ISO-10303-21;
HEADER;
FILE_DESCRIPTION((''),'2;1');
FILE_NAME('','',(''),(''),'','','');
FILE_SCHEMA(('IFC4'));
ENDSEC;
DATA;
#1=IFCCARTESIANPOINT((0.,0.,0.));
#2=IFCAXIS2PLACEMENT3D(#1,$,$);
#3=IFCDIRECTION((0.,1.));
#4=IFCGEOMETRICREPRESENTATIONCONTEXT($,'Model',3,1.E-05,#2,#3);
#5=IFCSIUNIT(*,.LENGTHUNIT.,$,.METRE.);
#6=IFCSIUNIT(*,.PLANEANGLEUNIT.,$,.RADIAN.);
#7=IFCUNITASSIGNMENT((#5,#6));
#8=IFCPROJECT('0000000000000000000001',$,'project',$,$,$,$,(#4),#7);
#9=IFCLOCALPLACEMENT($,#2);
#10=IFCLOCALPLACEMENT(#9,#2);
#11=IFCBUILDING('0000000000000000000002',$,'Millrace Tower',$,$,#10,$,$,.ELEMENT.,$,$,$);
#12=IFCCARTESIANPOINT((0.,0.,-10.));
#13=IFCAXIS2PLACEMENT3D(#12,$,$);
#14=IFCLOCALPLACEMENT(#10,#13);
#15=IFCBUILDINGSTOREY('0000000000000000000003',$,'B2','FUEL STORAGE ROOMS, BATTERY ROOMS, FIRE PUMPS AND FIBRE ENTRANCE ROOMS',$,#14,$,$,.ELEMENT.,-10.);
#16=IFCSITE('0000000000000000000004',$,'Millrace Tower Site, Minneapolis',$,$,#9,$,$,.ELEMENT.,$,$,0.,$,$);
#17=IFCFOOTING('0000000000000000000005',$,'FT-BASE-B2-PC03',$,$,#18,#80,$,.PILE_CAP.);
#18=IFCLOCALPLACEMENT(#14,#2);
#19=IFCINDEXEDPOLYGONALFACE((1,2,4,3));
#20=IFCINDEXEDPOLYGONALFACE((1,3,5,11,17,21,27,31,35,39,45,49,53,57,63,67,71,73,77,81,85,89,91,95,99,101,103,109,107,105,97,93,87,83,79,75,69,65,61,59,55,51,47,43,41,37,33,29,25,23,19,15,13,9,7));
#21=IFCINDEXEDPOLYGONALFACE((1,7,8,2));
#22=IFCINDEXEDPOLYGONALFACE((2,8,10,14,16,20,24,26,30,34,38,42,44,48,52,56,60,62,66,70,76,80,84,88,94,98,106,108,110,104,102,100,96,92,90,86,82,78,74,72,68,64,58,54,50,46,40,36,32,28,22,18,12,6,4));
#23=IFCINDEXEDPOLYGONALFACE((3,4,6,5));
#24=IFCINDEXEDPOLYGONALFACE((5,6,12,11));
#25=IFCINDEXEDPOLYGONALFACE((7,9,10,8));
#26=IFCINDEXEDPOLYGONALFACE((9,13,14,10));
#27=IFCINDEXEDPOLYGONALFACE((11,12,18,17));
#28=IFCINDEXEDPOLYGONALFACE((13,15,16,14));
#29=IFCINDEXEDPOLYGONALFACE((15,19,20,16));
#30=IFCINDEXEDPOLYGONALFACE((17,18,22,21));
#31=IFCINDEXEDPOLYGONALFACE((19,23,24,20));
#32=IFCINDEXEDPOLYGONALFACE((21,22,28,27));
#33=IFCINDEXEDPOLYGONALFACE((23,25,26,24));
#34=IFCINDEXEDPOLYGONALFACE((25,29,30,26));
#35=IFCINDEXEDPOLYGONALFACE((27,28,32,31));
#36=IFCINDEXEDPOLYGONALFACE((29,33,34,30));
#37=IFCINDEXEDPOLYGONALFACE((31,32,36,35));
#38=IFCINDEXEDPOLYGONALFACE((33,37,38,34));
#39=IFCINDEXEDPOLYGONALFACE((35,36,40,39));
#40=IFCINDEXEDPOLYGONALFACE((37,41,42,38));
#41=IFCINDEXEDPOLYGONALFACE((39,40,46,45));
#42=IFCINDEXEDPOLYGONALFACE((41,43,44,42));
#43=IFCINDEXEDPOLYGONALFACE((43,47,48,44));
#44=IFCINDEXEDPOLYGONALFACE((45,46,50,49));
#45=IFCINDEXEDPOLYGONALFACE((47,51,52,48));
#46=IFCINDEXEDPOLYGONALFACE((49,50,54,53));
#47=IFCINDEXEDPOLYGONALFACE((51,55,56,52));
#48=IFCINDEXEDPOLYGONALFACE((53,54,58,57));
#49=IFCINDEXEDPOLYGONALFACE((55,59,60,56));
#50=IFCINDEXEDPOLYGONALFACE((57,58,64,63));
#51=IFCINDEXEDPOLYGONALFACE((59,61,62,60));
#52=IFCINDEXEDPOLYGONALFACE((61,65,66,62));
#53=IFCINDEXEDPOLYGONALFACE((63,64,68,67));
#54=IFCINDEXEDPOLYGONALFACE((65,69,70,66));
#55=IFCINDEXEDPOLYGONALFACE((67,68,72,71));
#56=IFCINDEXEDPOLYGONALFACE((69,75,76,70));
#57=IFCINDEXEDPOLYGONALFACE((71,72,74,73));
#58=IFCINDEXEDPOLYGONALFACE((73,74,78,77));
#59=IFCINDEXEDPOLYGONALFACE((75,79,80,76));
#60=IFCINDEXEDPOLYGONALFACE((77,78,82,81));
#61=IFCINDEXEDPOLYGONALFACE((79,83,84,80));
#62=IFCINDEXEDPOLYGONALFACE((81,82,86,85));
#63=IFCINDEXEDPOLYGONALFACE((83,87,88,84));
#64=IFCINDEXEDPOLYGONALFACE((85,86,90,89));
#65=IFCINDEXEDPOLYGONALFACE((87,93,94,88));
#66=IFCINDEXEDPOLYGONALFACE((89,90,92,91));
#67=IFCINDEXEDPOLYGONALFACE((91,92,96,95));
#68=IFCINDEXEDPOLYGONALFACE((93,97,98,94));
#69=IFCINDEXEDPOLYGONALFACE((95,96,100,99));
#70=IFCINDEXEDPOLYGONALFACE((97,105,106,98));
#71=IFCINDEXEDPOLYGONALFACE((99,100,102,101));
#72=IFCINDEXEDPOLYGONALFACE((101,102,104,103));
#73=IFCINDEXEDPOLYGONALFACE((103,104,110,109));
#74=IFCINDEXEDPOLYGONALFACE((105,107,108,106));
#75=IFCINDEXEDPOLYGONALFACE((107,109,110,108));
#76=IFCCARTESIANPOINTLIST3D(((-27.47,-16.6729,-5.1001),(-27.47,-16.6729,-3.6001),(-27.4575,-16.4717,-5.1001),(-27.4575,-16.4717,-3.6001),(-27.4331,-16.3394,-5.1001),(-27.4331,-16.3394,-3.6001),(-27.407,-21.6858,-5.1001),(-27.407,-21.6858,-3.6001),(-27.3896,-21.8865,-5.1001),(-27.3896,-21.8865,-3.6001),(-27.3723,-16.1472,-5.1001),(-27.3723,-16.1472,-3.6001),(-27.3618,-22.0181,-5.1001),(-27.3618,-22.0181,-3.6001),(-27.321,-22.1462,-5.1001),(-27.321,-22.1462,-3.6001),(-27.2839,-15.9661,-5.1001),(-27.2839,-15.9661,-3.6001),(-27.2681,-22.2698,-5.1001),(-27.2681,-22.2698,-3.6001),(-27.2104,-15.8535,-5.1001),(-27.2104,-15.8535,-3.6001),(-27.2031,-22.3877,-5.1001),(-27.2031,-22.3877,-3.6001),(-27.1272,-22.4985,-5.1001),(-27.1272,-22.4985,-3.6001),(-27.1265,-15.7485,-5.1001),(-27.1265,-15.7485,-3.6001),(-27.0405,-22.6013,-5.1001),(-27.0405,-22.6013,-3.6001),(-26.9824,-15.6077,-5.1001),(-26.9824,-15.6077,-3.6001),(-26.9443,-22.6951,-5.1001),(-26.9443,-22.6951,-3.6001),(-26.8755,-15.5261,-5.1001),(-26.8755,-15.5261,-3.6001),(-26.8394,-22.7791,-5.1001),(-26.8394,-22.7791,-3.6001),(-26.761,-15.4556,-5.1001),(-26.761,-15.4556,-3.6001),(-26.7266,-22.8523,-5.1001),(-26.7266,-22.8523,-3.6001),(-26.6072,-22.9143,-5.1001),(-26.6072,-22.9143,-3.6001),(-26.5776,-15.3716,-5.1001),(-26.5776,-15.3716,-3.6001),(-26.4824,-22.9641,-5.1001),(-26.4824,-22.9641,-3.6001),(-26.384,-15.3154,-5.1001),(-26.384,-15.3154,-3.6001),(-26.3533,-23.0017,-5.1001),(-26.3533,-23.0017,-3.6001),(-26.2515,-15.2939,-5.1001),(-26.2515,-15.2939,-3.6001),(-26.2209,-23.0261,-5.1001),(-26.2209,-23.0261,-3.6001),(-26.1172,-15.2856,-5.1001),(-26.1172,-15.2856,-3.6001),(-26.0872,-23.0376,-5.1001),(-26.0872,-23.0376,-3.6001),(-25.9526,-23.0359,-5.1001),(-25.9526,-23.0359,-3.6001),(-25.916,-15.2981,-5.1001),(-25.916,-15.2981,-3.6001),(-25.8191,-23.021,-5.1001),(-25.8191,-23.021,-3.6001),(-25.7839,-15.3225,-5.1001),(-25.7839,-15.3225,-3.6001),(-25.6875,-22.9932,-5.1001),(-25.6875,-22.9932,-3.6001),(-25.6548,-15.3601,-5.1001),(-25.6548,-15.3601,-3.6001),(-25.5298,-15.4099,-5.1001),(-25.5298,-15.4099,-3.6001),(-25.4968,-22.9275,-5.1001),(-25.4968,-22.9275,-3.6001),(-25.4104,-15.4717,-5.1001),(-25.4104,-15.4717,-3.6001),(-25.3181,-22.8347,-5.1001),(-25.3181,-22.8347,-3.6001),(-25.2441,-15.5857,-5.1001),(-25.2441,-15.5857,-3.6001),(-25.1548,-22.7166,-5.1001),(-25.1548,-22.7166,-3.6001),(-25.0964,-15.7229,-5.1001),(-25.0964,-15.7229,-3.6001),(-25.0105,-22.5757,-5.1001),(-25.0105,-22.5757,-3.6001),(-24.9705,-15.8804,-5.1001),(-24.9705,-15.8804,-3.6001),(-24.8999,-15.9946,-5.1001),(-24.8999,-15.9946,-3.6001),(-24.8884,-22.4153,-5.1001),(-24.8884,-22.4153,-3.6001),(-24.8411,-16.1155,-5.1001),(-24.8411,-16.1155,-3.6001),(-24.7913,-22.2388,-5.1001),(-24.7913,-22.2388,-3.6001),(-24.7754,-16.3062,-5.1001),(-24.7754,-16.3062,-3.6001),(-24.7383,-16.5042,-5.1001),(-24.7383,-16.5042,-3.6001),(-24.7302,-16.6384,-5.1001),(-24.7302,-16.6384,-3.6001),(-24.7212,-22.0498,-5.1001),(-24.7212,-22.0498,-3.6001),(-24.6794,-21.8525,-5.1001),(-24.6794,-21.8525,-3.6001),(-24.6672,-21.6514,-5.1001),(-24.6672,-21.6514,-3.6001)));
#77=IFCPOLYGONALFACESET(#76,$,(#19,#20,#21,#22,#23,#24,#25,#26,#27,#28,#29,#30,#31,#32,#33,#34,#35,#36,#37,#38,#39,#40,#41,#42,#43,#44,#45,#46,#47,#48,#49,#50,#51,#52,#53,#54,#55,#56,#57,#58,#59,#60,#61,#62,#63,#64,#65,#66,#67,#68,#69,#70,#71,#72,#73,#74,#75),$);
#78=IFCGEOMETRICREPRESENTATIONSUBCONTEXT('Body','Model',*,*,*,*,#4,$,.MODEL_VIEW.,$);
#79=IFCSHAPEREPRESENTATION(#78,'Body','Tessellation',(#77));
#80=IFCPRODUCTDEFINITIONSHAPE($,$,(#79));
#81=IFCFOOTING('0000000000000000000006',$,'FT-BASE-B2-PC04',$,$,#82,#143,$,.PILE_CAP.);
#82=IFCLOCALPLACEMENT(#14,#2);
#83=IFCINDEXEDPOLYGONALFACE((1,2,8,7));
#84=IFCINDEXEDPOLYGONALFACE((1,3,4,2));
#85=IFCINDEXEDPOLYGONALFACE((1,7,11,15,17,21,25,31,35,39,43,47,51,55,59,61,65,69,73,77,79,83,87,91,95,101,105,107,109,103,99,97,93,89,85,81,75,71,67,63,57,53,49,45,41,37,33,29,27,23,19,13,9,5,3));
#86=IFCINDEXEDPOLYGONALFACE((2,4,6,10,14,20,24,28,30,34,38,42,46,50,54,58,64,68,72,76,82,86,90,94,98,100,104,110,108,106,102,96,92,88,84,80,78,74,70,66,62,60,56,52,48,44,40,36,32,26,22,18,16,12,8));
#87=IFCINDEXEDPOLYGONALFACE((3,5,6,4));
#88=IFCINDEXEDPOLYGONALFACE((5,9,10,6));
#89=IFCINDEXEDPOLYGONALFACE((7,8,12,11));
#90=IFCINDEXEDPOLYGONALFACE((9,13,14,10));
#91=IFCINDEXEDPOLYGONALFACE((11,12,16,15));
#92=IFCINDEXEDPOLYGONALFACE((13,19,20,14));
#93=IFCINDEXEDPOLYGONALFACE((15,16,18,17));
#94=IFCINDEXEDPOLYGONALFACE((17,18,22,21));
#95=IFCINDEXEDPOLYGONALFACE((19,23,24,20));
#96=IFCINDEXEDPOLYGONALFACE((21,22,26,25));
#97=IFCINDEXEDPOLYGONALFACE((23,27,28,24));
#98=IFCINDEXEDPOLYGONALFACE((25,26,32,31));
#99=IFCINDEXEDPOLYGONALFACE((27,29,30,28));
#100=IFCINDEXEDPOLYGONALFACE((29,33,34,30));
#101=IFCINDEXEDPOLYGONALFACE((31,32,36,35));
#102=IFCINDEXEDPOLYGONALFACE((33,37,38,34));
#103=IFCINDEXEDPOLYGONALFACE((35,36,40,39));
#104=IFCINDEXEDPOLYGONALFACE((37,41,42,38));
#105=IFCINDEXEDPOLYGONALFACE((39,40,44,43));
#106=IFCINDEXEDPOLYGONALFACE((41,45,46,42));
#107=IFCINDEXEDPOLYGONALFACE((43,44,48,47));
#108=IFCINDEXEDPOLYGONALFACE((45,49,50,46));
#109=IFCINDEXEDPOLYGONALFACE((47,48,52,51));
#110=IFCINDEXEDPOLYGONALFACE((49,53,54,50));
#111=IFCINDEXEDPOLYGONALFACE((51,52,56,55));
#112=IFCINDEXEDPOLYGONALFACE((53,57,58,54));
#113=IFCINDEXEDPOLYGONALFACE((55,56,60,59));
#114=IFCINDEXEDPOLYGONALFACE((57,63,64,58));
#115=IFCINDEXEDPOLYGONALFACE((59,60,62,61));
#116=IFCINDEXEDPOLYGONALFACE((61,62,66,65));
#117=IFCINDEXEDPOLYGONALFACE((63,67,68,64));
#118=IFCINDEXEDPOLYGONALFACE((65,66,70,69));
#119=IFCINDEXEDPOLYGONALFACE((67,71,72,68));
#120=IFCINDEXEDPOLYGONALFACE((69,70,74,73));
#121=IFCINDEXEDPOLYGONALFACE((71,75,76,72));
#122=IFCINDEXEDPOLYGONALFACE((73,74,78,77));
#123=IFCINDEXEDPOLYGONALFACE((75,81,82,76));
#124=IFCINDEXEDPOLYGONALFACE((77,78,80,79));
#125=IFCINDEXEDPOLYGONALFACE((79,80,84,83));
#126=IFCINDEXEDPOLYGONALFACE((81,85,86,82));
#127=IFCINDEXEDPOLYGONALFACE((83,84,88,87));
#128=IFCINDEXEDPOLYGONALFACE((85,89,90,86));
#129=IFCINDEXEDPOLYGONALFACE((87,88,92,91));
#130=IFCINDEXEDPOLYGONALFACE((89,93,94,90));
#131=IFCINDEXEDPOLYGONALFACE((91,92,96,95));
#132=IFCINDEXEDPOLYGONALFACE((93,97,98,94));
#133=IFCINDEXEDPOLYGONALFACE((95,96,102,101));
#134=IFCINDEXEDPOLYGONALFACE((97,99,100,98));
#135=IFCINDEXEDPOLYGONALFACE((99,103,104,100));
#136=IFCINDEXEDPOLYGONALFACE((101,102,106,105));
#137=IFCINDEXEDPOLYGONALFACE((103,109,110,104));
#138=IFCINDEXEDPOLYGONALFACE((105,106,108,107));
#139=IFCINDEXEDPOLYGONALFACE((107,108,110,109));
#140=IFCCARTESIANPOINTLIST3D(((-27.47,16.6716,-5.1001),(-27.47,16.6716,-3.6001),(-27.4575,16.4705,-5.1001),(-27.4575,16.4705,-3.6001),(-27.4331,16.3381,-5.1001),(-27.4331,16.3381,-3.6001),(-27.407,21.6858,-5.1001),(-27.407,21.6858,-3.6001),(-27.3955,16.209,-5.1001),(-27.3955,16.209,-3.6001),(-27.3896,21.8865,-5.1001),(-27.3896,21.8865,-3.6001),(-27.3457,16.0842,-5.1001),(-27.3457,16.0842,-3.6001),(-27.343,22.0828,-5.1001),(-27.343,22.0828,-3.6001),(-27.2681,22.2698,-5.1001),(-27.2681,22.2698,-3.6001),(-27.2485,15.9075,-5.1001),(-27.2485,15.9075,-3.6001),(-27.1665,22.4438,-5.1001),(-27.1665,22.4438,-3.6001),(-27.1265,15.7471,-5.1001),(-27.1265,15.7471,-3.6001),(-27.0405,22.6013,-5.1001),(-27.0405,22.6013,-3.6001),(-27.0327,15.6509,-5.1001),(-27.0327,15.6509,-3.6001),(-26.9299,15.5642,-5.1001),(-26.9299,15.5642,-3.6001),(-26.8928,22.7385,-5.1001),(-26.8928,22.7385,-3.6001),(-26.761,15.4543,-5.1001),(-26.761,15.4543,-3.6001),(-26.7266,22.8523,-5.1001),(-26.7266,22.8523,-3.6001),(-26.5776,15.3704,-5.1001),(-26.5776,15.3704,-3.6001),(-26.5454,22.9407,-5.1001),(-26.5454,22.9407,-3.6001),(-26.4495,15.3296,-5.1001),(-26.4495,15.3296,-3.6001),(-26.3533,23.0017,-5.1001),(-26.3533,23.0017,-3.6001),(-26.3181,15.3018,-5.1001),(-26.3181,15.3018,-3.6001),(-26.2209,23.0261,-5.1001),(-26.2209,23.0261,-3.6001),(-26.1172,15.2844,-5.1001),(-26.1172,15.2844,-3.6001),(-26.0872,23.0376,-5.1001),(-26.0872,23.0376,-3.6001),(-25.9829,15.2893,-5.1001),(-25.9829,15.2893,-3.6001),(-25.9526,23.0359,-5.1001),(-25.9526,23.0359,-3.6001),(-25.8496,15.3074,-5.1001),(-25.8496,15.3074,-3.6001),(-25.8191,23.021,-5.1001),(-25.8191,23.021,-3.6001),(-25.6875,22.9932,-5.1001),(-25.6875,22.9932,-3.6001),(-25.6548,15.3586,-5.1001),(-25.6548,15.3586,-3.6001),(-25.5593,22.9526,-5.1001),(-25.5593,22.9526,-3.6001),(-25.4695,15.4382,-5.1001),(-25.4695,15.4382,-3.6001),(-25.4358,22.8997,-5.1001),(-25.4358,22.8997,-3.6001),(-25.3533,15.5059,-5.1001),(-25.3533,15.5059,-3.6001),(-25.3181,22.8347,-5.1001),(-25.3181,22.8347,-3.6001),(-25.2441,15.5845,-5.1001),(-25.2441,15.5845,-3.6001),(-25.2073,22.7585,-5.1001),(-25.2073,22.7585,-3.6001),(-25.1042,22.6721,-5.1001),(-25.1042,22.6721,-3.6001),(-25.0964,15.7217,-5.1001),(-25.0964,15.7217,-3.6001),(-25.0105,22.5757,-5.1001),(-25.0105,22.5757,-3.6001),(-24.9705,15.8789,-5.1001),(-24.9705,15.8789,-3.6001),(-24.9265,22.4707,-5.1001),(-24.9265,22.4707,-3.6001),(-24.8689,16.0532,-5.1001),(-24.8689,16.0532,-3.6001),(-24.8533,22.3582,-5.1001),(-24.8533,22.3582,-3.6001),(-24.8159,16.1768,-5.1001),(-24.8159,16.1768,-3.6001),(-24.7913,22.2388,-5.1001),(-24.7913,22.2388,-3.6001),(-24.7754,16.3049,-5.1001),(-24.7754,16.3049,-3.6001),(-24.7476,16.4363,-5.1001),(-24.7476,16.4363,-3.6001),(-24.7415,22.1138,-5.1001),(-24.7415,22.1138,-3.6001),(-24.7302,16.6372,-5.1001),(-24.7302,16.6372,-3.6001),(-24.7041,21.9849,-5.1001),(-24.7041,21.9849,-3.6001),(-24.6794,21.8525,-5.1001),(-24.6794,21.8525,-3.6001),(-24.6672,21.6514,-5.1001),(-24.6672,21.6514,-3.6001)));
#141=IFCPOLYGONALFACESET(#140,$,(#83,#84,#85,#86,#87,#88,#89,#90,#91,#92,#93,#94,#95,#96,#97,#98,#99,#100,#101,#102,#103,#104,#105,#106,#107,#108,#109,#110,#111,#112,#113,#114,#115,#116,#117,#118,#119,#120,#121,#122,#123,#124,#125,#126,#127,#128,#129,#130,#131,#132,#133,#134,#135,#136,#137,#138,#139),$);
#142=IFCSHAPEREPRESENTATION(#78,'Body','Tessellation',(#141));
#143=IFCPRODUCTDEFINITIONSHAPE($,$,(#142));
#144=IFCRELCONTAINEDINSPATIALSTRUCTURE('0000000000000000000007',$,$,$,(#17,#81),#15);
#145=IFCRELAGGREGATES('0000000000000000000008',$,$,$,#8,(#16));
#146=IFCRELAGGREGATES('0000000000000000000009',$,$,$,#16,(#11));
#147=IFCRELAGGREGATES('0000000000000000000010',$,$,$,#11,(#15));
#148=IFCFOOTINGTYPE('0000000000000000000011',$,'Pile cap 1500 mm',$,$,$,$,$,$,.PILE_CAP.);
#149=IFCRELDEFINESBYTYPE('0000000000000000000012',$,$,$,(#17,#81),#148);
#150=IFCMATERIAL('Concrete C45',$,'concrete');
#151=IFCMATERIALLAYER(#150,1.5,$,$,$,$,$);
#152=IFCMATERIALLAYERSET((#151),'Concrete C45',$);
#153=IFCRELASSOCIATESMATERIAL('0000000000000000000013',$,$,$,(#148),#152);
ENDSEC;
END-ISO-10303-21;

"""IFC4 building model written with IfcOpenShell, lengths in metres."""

from ifc_helpers import new_model, si_unit, direction, frame, origin, place, context, subcontext, project, spatial, polyline, outline, extrude, material, layer, layer_set, type_object, element, save


model = new_model("IFC4")

# Units and contexts
model_context = context("Model", 3, precision=1e-05, world=origin(), true_north=direction((0.0, 1.0)))
body_context = subcontext(model_context, "Body", "Model", "MODEL_VIEW")
ifc_project = project(units=[si_unit("LENGTHUNIT", "METRE"), si_unit("PLANEANGLEUNIT", "RADIAN")], contexts=[model_context])

# Site, building, storey
site_placement = place(None, origin())
site = spatial("IfcSite", under=ifc_project, at=site_placement, Name="Millrace Tower Site, Minneapolis", CompositionType="ELEMENT", RefElevation=0.0)
building_placement = place(site_placement, origin())
building = spatial("IfcBuilding", under=site, at=building_placement, Name="Millrace Tower", CompositionType="ELEMENT")
storey_placement = place(building_placement, frame((0.0, 0.0, -10.0)))
storey = spatial("IfcBuildingStorey", under=building, at=storey_placement, Name="B2", Description="FUEL STORAGE ROOMS, BATTERY ROOMS, FIRE PUMPS AND FIBRE ENTRANCE ROOMS", CompositionType="ELEMENT", Elevation=-10.0)

# Footings
ifc_material_1 = material(Name="Concrete C45", Category="concrete")
ifc_layer_1 = layer(ifc_material_1, 1.5)
ifc_layer_set_1 = layer_set([ifc_layer_1], Name="Concrete C45")
footing_type_1 = type_object("IfcFootingType", Name="Pile cap 1500 mm", PredefinedType="PILE_CAP", material=ifc_layer_set_1)
placement_1 = place(storey_placement, frame((0.0, 0.0, -5.1001)))
element("IfcFooting", 1, at=placement_1, inside=storey, type_object=footing_type_1, Name="FT-BASE-B2-PC03", PredefinedType="PILE_CAP", context=body_context, shape_type="SweptSolid", body=[
    extrude(outline(polyline([(-27.4331, -16.3394), (-27.3723, -16.1472), (-27.2839, -15.9661), (-27.2104, -15.8535), (-27.1265, -15.7485), (-26.9824, -15.6077), (-26.8755, -15.5261), (-26.761, -15.4556), (-26.5776, -15.3716), (-26.384, -15.3154), (-26.2515, -15.2939), (-26.1172, -15.2856), (-25.916, -15.2981), (-25.7839, -15.3225), (-25.6548, -15.3601), (-25.5298, -15.4099), (-25.4104, -15.4717), (-25.2441, -15.5857), (-25.0964, -15.7229), (-24.9705, -15.8804), (-24.8999, -15.9946), (-24.8411, -16.1155), (-24.7754, -16.3062), (-24.7383, -16.5042), (-24.7302, -16.6384), (-24.6672, -21.6514), (-24.6794, -21.8525), (-24.7212, -22.0498), (-24.7913, -22.2388), (-24.8884, -22.4153), (-25.0105, -22.5757), (-25.1548, -22.7166), (-25.3181, -22.8347), (-25.4968, -22.9275), (-25.6875, -22.9932), (-25.8191, -23.021), (-25.9526, -23.0359), (-26.0872, -23.0376), (-26.2209, -23.0261), (-26.3533, -23.0017), (-26.4824, -22.9641), (-26.6072, -22.9143), (-26.7266, -22.8523), (-26.8394, -22.7791), (-26.9443, -22.6951), (-27.0405, -22.6013), (-27.1272, -22.4985), (-27.2031, -22.3877), (-27.2681, -22.2698), (-27.321, -22.1462), (-27.3618, -22.0181), (-27.3896, -21.8865), (-27.407, -21.6858), (-27.47, -16.6729), (-27.4575, -16.4717), (-27.4331, -16.3394)])), origin(), (0.0, 0.0, 1.0), 1.5),
])
element("IfcFooting", 2, at=placement_1, inside=storey, type_object=footing_type_1, Name="FT-BASE-B2-PC04", PredefinedType="PILE_CAP", context=body_context, shape_type="SweptSolid", body=[
    extrude(outline(polyline([(-24.7754, 16.3049), (-24.8159, 16.1768), (-24.8689, 16.0532), (-24.9705, 15.8789), (-25.0964, 15.7217), (-25.2441, 15.5845), (-25.3533, 15.5059), (-25.4695, 15.4382), (-25.6548, 15.3586), (-25.8496, 15.3074), (-25.9829, 15.2893), (-26.1172, 15.2844), (-26.3181, 15.3018), (-26.4495, 15.3296), (-26.5776, 15.3704), (-26.761, 15.4543), (-26.9299, 15.5642), (-27.0327, 15.6509), (-27.1265, 15.7471), (-27.2485, 15.9075), (-27.3457, 16.0842), (-27.3955, 16.209), (-27.4331, 16.3381), (-27.4575, 16.4705), (-27.47, 16.6716), (-27.407, 21.6858), (-27.3896, 21.8865), (-27.343, 22.0828), (-27.2681, 22.2698), (-27.1665, 22.4438), (-27.0405, 22.6013), (-26.8928, 22.7385), (-26.7266, 22.8523), (-26.5454, 22.9407), (-26.3533, 23.0017), (-26.2209, 23.0261), (-26.0872, 23.0376), (-25.9526, 23.0359), (-25.8191, 23.021), (-25.6875, 22.9932), (-25.5593, 22.9526), (-25.4358, 22.8997), (-25.3181, 22.8347), (-25.2073, 22.7585), (-25.1042, 22.6721), (-25.0105, 22.5757), (-24.9265, 22.4707), (-24.8533, 22.3582), (-24.7913, 22.2388), (-24.7415, 22.1138), (-24.7041, 21.9849), (-24.6794, 21.8525), (-24.6672, 21.6514), (-24.7302, 16.6372), (-24.7476, 16.4363), (-24.7754, 16.3049)])), origin(), (0.0, 0.0, 1.0), 1.5),
])

save(model, "model.ifc")
